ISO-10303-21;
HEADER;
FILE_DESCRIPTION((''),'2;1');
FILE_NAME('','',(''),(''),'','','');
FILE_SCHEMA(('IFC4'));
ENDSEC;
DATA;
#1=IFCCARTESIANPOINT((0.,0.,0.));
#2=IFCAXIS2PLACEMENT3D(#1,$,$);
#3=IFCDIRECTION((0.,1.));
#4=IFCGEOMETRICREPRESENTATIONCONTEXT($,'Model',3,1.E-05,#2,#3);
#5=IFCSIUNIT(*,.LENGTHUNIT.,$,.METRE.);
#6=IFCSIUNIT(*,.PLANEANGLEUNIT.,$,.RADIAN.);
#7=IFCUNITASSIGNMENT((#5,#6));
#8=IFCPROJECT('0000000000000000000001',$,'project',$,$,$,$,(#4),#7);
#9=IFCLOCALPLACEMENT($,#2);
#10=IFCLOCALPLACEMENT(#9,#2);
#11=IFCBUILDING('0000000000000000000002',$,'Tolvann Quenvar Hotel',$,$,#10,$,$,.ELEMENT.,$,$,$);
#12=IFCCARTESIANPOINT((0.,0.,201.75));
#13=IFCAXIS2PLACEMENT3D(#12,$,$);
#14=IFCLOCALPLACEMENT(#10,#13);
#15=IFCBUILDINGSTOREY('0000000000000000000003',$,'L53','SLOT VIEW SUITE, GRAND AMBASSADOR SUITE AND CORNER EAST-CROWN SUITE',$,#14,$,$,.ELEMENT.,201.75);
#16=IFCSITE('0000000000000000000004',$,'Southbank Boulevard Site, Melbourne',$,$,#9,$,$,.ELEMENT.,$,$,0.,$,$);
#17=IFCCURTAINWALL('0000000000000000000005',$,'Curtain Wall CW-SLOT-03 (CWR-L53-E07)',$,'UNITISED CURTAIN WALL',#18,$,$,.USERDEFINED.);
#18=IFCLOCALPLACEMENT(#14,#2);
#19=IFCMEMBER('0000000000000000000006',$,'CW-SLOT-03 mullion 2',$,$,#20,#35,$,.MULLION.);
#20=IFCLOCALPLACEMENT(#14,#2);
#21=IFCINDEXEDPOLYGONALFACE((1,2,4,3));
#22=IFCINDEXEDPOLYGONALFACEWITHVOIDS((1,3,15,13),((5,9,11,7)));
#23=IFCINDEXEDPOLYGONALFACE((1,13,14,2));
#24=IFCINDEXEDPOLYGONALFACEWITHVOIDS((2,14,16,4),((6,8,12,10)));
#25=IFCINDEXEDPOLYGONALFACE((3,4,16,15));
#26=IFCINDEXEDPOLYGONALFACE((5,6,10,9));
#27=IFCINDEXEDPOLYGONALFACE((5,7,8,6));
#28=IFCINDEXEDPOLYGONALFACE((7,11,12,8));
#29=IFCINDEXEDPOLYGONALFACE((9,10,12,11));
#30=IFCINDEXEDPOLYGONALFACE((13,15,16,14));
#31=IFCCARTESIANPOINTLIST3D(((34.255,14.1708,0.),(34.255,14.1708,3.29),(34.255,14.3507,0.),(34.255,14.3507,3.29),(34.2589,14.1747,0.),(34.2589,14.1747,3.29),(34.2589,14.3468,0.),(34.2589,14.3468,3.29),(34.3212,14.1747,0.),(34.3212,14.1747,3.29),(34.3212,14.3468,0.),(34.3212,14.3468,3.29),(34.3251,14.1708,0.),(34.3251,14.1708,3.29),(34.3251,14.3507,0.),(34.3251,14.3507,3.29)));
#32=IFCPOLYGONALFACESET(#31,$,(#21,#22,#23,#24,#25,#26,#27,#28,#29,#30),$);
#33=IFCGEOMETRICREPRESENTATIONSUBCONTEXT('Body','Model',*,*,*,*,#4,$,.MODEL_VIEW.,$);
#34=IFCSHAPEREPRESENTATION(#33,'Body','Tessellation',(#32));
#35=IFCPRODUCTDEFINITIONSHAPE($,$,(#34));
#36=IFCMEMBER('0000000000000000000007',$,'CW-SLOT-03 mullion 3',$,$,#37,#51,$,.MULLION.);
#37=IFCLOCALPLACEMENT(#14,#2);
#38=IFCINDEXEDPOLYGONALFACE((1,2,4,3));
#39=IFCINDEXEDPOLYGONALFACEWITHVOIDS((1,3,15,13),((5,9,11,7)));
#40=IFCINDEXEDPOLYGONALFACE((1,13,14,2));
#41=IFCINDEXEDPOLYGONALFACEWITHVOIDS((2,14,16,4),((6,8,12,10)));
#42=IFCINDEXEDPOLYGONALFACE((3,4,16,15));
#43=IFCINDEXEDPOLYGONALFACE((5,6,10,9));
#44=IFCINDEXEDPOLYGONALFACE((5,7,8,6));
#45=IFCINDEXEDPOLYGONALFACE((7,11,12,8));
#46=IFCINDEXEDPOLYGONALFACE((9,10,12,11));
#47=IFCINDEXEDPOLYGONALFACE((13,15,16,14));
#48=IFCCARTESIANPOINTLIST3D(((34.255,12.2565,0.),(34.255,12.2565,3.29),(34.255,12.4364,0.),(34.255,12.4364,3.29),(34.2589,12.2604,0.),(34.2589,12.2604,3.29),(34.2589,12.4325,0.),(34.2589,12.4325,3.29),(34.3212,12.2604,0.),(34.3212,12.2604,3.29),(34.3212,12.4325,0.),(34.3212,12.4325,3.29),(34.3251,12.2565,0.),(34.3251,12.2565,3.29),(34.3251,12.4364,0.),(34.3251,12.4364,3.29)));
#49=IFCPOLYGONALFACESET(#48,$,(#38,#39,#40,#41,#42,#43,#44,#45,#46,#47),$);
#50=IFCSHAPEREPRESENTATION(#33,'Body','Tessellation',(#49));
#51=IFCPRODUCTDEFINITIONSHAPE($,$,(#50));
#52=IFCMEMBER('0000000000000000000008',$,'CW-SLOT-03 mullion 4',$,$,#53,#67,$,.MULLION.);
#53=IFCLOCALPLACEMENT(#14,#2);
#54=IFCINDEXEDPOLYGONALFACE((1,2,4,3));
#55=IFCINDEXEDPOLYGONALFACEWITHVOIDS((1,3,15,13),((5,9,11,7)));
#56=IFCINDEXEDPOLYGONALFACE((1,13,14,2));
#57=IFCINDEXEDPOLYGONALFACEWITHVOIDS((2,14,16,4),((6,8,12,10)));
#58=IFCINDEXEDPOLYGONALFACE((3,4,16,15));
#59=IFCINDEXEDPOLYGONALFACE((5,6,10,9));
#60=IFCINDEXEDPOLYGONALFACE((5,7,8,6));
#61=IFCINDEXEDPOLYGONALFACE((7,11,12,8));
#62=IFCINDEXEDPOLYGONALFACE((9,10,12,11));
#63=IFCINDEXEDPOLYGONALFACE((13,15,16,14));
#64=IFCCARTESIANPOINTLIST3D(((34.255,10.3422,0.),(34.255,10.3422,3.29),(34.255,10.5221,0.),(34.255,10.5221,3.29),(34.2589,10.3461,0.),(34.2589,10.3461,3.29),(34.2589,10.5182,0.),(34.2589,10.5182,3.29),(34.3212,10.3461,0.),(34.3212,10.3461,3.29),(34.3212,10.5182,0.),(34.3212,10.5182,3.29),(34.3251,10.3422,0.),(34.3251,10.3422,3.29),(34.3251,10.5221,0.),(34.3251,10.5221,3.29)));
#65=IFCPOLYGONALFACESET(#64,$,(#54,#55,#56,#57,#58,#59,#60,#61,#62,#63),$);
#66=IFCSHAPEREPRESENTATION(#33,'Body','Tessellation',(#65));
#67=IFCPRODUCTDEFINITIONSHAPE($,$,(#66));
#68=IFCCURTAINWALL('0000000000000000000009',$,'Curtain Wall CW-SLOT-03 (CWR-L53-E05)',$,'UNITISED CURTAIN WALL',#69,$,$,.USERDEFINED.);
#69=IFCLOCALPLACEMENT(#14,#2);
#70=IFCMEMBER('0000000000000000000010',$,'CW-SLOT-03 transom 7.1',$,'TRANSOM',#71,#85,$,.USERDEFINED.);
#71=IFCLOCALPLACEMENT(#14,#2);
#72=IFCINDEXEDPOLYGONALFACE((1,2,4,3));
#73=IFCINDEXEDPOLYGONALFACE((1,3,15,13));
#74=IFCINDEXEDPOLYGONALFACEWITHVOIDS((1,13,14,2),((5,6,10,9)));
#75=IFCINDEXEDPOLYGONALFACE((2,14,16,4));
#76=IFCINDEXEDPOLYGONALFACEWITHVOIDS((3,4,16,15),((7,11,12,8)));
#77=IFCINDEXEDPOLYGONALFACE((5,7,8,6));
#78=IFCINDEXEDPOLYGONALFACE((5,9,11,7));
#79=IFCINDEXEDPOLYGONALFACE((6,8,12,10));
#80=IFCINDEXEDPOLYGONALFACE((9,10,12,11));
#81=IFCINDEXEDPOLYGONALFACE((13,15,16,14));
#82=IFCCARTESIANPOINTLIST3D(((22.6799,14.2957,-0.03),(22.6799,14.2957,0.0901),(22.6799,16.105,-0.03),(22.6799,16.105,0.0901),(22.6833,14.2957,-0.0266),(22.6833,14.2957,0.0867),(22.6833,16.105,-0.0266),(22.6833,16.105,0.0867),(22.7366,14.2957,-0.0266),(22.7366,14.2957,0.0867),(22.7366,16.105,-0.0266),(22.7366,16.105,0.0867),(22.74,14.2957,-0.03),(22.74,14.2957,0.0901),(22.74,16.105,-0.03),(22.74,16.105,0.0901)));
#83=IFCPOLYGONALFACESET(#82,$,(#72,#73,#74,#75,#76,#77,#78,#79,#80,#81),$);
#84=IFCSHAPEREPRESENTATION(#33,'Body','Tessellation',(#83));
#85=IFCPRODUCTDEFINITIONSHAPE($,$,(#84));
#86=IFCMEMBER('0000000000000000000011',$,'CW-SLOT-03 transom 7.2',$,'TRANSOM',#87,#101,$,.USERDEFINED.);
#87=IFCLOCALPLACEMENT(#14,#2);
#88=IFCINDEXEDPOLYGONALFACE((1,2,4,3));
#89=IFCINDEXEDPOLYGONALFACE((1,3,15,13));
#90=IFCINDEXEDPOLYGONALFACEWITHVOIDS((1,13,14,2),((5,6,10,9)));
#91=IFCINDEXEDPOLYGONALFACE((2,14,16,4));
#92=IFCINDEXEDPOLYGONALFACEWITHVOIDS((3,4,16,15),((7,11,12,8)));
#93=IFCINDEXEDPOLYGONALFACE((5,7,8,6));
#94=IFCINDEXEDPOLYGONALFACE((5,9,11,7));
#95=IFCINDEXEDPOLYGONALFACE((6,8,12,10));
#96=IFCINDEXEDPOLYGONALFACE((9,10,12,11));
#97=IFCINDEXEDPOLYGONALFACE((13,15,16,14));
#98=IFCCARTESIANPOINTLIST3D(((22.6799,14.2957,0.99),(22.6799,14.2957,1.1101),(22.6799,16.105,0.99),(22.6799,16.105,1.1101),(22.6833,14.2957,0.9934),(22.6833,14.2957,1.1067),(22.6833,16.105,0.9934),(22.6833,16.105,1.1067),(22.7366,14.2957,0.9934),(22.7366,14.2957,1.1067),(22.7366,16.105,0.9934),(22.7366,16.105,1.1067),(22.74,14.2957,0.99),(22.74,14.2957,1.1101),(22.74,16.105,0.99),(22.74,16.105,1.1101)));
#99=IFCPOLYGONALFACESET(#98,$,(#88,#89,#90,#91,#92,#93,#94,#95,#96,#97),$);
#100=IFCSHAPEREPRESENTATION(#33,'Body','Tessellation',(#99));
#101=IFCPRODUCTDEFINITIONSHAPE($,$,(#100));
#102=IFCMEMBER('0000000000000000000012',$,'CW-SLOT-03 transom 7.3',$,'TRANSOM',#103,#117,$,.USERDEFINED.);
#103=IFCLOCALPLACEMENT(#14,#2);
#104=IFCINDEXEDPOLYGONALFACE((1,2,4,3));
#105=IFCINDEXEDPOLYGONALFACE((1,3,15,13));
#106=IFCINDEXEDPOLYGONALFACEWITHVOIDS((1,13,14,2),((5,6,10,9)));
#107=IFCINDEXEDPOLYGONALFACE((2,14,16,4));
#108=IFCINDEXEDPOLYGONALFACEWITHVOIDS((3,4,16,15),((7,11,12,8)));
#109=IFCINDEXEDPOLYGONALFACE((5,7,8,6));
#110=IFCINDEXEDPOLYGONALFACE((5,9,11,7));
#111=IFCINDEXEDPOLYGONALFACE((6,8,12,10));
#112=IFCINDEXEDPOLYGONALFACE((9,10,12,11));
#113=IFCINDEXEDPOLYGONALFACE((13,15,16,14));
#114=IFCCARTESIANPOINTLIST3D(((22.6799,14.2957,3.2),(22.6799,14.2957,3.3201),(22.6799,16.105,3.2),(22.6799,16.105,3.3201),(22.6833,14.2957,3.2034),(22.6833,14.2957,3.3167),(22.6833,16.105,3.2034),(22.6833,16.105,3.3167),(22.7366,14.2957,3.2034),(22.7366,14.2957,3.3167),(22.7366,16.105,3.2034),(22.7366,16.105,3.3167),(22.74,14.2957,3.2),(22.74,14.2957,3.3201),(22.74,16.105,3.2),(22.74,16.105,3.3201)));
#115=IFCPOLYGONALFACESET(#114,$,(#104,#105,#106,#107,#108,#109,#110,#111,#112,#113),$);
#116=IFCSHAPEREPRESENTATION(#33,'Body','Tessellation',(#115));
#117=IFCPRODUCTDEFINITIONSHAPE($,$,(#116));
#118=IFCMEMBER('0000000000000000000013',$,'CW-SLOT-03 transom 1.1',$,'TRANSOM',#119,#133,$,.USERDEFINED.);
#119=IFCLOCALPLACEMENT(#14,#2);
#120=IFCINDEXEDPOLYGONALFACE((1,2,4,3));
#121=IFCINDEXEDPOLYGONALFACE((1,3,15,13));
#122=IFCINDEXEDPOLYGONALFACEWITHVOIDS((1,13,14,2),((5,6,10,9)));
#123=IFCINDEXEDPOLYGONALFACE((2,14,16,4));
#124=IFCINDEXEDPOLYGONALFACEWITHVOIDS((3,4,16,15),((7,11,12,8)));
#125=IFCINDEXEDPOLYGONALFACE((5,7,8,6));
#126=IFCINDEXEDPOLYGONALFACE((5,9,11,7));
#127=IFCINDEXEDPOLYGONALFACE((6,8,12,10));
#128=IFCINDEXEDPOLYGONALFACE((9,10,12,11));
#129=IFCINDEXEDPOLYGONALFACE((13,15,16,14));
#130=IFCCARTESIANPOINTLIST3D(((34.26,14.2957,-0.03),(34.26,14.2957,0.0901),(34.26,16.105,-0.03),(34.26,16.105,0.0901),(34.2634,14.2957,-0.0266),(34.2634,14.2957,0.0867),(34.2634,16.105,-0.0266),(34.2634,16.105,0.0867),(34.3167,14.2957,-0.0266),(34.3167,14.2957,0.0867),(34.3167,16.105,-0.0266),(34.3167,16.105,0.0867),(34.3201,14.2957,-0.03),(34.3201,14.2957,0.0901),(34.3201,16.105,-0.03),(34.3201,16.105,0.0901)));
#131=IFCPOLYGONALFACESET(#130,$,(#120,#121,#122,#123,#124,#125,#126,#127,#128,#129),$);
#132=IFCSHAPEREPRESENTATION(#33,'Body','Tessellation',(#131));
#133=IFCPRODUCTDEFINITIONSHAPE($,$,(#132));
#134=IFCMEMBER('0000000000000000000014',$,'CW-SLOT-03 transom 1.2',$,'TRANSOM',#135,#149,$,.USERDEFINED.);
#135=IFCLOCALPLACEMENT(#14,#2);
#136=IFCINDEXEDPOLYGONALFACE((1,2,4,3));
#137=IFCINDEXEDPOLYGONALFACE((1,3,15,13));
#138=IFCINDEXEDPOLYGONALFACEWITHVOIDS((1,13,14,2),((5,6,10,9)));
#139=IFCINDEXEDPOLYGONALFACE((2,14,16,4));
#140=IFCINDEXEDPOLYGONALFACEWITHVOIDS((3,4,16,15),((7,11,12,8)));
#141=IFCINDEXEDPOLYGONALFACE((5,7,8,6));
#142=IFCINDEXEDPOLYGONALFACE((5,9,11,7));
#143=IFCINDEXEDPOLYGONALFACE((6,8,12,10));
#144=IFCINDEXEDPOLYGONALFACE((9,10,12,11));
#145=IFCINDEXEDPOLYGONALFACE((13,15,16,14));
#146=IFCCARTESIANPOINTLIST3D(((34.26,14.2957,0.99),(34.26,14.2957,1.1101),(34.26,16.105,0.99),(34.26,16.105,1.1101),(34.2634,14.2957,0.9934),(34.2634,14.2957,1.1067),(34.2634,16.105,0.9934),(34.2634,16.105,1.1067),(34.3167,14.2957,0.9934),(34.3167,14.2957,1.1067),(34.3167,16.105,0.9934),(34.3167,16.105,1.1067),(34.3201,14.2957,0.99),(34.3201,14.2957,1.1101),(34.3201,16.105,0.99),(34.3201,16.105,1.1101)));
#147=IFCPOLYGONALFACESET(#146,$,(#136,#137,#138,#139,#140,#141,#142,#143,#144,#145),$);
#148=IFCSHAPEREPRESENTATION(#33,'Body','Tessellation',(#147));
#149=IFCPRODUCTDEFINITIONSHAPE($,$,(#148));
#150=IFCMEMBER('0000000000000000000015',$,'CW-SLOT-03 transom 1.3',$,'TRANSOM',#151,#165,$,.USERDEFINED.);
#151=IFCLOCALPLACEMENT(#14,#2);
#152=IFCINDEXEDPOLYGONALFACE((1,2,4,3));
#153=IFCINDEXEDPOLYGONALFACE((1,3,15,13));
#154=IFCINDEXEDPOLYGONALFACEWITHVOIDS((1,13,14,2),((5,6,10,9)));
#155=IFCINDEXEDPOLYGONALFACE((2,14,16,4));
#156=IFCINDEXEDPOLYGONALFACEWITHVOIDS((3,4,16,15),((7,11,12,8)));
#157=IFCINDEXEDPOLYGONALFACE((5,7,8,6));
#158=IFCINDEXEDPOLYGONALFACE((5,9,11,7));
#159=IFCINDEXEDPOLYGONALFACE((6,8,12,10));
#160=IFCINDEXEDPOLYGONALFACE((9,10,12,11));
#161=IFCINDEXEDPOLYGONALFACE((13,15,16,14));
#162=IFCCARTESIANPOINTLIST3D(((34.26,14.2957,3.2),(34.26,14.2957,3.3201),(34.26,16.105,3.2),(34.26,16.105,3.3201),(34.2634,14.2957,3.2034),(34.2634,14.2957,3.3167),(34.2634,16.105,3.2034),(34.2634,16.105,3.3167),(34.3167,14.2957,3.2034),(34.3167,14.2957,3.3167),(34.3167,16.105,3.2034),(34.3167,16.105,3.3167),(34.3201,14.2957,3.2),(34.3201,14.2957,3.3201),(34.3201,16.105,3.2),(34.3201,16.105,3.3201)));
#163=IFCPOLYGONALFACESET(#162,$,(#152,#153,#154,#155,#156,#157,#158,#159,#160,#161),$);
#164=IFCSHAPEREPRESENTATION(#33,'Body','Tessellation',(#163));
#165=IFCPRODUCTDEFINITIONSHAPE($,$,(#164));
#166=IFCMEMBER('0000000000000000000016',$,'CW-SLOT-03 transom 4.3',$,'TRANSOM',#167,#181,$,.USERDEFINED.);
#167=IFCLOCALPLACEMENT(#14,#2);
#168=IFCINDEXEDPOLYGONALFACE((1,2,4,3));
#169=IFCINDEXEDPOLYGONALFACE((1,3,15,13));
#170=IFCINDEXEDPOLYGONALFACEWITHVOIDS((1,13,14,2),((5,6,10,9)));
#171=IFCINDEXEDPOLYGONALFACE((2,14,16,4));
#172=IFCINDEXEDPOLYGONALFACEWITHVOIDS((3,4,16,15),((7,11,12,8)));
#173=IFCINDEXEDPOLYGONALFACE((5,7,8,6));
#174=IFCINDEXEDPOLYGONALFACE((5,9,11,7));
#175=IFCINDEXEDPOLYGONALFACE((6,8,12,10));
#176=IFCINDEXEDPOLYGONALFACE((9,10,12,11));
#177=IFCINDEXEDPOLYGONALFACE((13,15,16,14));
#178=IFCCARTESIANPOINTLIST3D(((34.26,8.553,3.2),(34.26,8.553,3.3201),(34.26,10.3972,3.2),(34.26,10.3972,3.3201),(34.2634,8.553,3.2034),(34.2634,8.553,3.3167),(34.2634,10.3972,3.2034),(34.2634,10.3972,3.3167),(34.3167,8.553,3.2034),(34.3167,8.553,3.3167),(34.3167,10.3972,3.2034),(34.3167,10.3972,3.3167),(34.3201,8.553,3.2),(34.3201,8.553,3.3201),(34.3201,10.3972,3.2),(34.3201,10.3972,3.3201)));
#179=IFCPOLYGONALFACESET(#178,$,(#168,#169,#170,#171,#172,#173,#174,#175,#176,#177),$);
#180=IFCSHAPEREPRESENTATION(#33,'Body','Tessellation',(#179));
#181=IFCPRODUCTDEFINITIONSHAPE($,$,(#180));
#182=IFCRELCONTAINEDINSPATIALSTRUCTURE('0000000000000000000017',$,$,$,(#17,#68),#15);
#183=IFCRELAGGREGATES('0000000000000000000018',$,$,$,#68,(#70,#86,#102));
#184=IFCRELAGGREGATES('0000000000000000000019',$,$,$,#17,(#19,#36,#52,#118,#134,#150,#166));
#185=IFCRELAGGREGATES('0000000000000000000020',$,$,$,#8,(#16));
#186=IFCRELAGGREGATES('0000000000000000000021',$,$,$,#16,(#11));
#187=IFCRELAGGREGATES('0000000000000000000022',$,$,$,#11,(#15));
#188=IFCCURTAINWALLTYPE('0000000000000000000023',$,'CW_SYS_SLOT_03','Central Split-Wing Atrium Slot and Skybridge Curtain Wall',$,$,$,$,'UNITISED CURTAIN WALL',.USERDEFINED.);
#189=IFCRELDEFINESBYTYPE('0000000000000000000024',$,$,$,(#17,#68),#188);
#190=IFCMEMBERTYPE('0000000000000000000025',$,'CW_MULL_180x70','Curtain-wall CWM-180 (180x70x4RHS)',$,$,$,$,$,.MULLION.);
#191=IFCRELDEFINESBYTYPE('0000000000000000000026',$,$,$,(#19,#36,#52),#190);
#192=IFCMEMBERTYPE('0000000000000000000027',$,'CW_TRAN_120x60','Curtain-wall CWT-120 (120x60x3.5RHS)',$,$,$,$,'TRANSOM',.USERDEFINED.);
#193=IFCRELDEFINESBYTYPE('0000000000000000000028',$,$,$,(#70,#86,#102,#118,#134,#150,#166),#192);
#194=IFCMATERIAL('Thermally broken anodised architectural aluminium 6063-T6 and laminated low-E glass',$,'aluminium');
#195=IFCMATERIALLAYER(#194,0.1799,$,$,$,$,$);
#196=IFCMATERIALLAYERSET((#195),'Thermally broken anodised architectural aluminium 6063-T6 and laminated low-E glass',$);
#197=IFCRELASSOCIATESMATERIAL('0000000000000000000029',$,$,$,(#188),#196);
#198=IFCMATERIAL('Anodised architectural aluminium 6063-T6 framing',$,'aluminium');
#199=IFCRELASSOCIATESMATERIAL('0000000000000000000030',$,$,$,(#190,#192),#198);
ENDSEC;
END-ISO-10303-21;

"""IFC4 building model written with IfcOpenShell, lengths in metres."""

from ifc_helpers import new_model, si_unit, direction, frame, origin, origin_2d, place, context, subcontext, project, spatial, hollow_rectangle, extrude, source, transform, mapped, material, layer, layer_set, material_profile, profile_set, type_object, type_shapes, element, aggregate, save


model = new_model("IFC4")

# Units and contexts
model_context = context("Model", 3, precision=1e-05, world=origin(), true_north=direction((0.0, 1.0)))
body_context = subcontext(model_context, "Body", "Model", "MODEL_VIEW")
ifc_project = project(units=[si_unit("LENGTHUNIT", "METRE"), si_unit("PLANEANGLEUNIT", "RADIAN")], contexts=[model_context])

# Site, building, storey
site_placement = place(None, origin())
site = spatial("IfcSite", under=ifc_project, at=site_placement, Name="Southbank Boulevard Site, Melbourne", CompositionType="ELEMENT", RefElevation=0.0)
building_placement = place(site_placement, origin())
building = spatial("IfcBuilding", under=site, at=building_placement, Name="Tolvann Quenvar Hotel", CompositionType="ELEMENT")
storey_placement = place(building_placement, frame((0.0, 0.0, 201.75)))
storey = spatial("IfcBuildingStorey", under=building, at=storey_placement, Name="L53", Description="SLOT VIEW SUITE, GRAND AMBASSADOR SUITE AND CORNER EAST-CROWN SUITE", CompositionType="ELEMENT", Elevation=201.75)

# Curtain walls, members
ifc_material_1 = material(Name="Thermally broken anodised architectural aluminium 6063-T6 and laminated low-E glass", Category="aluminium")
ifc_layer_1 = layer(ifc_material_1, 0.1799)
ifc_layer_set_1 = layer_set([ifc_layer_1], Name="Thermally broken anodised architectural aluminium 6063-T6 and laminated low-E glass")
curtain_wall_type = type_object("IfcCurtainWallType", Name="CW_SYS_SLOT_03", Description="Central Split-Wing Atrium Slot and Skybridge Curtain Wall", ElementType="UNITISED CURTAIN WALL", PredefinedType="USERDEFINED", material=ifc_layer_set_1)
curtain_wall_1_placement = place(storey_placement, origin())
curtain_wall_1 = element("IfcCurtainWall", 1, at=curtain_wall_1_placement, inside=storey, type_object=curtain_wall_type, Name="Curtain Wall CW-SLOT-03 (CWR-L53-E07)", ObjectType="UNITISED CURTAIN WALL", PredefinedType="USERDEFINED")
ifc_material_2 = material(Name="Anodised architectural aluminium 6063-T6 framing", Category="aluminium")
ifc_material_profile_1 = material_profile(ifc_material_2, hollow_rectangle(XDim=0.0701, YDim=0.1799, WallThickness=0.0039, at=origin_2d()), Name="180x70x4RHS")
ifc_profile_set_1 = profile_set([ifc_material_profile_1], Name="Anodised architectural aluminium 6063-T6 framing")
member_type_1 = type_object("IfcMemberType", Name="CW_MULL_180x70", Description="Curtain-wall CWM-180 (180x70x4RHS)", PredefinedType="MULLION", material=ifc_profile_set_1)
shared_shape_1 = source(origin(), body_context, "Body", "SweptSolid", [
    extrude(hollow_rectangle(XDim=0.0701, YDim=0.1799, WallThickness=0.0039, at=origin_2d()), origin(), (0.0, 0.0, 1.0), 3.29),
])
type_shapes(member_type_1, [shared_shape_1])
member_1_placement = place(storey_placement, frame((34.29, 14.2607, 0.0), z_axis=(0.0, 0.0, 1.0), x_axis=(1.0, 0.0, 0.0)))
member_1 = element("IfcMember", 2, at=member_1_placement, type_object=member_type_1, Name="CW-SLOT-03 mullion 2", PredefinedType="MULLION", context=body_context, shape_type="MappedRepresentation", body=[
    mapped(shared_shape_1, transform((0.0, 0.0, 0.0), x_axis=(1.0, 0.0, 0.0), y_axis=(0.0, 1.0, 0.0), z_axis=(0.0, 0.0, 1.0), scale=1.0)),
])
member_2_placement = place(storey_placement, frame((34.29, 12.3464, 0.0), z_axis=(0.0, 0.0, 1.0), x_axis=(1.0, 0.0, 0.0)))
member_2 = element("IfcMember", 3, at=member_2_placement, type_object=member_type_1, Name="CW-SLOT-03 mullion 3", PredefinedType="MULLION", context=body_context, shape_type="MappedRepresentation", body=[
    mapped(shared_shape_1, transform((0.0, 0.0, 0.0), x_axis=(1.0, 0.0, 0.0), y_axis=(0.0, 1.0, 0.0), z_axis=(0.0, 0.0, 1.0), scale=1.0)),
])
member_3_placement = place(storey_placement, frame((34.29, 10.4321, 0.0), z_axis=(0.0, 0.0, 1.0), x_axis=(1.0, 0.0, 0.0)))
member_3 = element("IfcMember", 4, at=member_3_placement, type_object=member_type_1, Name="CW-SLOT-03 mullion 4", PredefinedType="MULLION", context=body_context, shape_type="MappedRepresentation", body=[
    mapped(shared_shape_1, transform((0.0, 0.0, 0.0), x_axis=(1.0, 0.0, 0.0), y_axis=(0.0, 1.0, 0.0), z_axis=(0.0, 0.0, 1.0), scale=1.0)),
])
curtain_wall_2_placement = place(storey_placement, origin())
curtain_wall_2 = element("IfcCurtainWall", 5, at=curtain_wall_2_placement, inside=storey, type_object=curtain_wall_type, Name="Curtain Wall CW-SLOT-03 (CWR-L53-E05)", ObjectType="UNITISED CURTAIN WALL", PredefinedType="USERDEFINED")
ifc_material_profile_2 = material_profile(ifc_material_2, hollow_rectangle(XDim=0.0601, YDim=0.1201, WallThickness=0.0034, at=origin_2d()), Name="120x60x3.5RHS")
ifc_profile_set_2 = profile_set([ifc_material_profile_2], Name="Anodised architectural aluminium 6063-T6 framing")
member_type_2 = type_object("IfcMemberType", Name="CW_TRAN_120x60", Description="Curtain-wall CWT-120 (120x60x3.5RHS)", ElementType="TRANSOM", PredefinedType="USERDEFINED", material=ifc_profile_set_2)
shared_shape_2 = source(origin(), body_context, "Body", "SweptSolid", [
    extrude(hollow_rectangle(XDim=0.0601, YDim=0.1201, WallThickness=0.0034, at=origin_2d()), origin(), (0.0, 0.0, 1.0), 1.8093),
])
member_4_placement = place(storey_placement, frame((22.71, 14.2957, 0.03), z_axis=(0.0, 1.0, 0.0), x_axis=(-1.0, 0.0, 0.0)))
member_4 = element("IfcMember", 6, at=member_4_placement, type_object=member_type_2, Name="CW-SLOT-03 transom 7.1", ObjectType="TRANSOM", PredefinedType="USERDEFINED", context=body_context, shape_type="MappedRepresentation", body=[
    mapped(shared_shape_2, transform((0.0, 0.0, 0.0), x_axis=(1.0, 0.0, 0.0), y_axis=(0.0, 1.0, 0.0), z_axis=(0.0, 0.0, 1.0), scale=1.0)),
])
member_5_placement = place(storey_placement, frame((22.71, 14.2957, 1.05), z_axis=(0.0, 1.0, 0.0), x_axis=(-1.0, 0.0, 0.0)))
member_5 = element("IfcMember", 7, at=member_5_placement, type_object=member_type_2, Name="CW-SLOT-03 transom 7.2", ObjectType="TRANSOM", PredefinedType="USERDEFINED", context=body_context, shape_type="MappedRepresentation", body=[
    mapped(shared_shape_2, transform((0.0, 0.0, 0.0), x_axis=(1.0, 0.0, 0.0), y_axis=(0.0, 1.0, 0.0), z_axis=(0.0, 0.0, 1.0), scale=1.0)),
])
member_6_placement = place(storey_placement, frame((22.71, 14.2957, 3.26), z_axis=(0.0, 1.0, 0.0), x_axis=(-1.0, 0.0, 0.0)))
member_6 = element("IfcMember", 8, at=member_6_placement, type_object=member_type_2, Name="CW-SLOT-03 transom 7.3", ObjectType="TRANSOM", PredefinedType="USERDEFINED", context=body_context, shape_type="MappedRepresentation", body=[
    mapped(shared_shape_2, transform((0.0, 0.0, 0.0), x_axis=(1.0, 0.0, 0.0), y_axis=(0.0, 1.0, 0.0), z_axis=(0.0, 0.0, 1.0), scale=1.0)),
])

# Members
member_7_placement = place(storey_placement, frame((34.29, 16.105, 0.03), z_axis=(0.0, -1.0, 0.0), x_axis=(1.0, 0.0, 0.0)))
member_7 = element("IfcMember", 9, at=member_7_placement, type_object=member_type_2, Name="CW-SLOT-03 transom 1.1", ObjectType="TRANSOM", PredefinedType="USERDEFINED", context=body_context, shape_type="MappedRepresentation", body=[
    mapped(shared_shape_2, transform((0.0, 0.0, 0.0), x_axis=(1.0, 0.0, 0.0), y_axis=(0.0, 1.0, 0.0), z_axis=(0.0, 0.0, 1.0), scale=1.0)),
])
member_8_placement = place(storey_placement, frame((34.29, 16.105, 1.05), z_axis=(0.0, -1.0, 0.0), x_axis=(1.0, 0.0, 0.0)))
member_8 = element("IfcMember", 10, at=member_8_placement, type_object=member_type_2, Name="CW-SLOT-03 transom 1.2", ObjectType="TRANSOM", PredefinedType="USERDEFINED", context=body_context, shape_type="MappedRepresentation", body=[
    mapped(shared_shape_2, transform((0.0, 0.0, 0.0), x_axis=(1.0, 0.0, 0.0), y_axis=(0.0, 1.0, 0.0), z_axis=(0.0, 0.0, 1.0), scale=1.0)),
])
member_9_placement = place(storey_placement, frame((34.29, 16.105, 3.26), z_axis=(0.0, -1.0, 0.0), x_axis=(1.0, 0.0, 0.0)))
member_9 = element("IfcMember", 11, at=member_9_placement, type_object=member_type_2, Name="CW-SLOT-03 transom 1.3", ObjectType="TRANSOM", PredefinedType="USERDEFINED", context=body_context, shape_type="MappedRepresentation", body=[
    mapped(shared_shape_2, transform((0.0, 0.0, 0.0), x_axis=(1.0, 0.0, 0.0), y_axis=(0.0, 1.0, 0.0), z_axis=(0.0, 0.0, 1.0), scale=1.0)),
])
shared_shape_3 = source(origin(), body_context, "Body", "SweptSolid", [
    extrude(hollow_rectangle(XDim=0.0601, YDim=0.1201, WallThickness=0.0034, at=origin_2d()), origin(), (0.0, 0.0, 1.0), 1.8442),
])
member_10_placement = place(storey_placement, frame((34.29, 10.3972, 3.26), z_axis=(0.0, -1.0, 0.0), x_axis=(1.0, 0.0, 0.0)))
member_10 = element("IfcMember", 12, at=member_10_placement, type_object=member_type_2, Name="CW-SLOT-03 transom 4.3", ObjectType="TRANSOM", PredefinedType="USERDEFINED", context=body_context, shape_type="MappedRepresentation", body=[
    mapped(shared_shape_3, transform((0.0, 0.0, 0.0), x_axis=(1.0, 0.0, 0.0), y_axis=(0.0, 1.0, 0.0), z_axis=(0.0, 0.0, 1.0), scale=1.0)),
])

aggregate(curtain_wall_2, [member_4, member_5, member_6])
aggregate(curtain_wall_1, [member_1, member_2, member_3, member_7, member_8, member_9, member_10])

save(model, "model.ifc")
